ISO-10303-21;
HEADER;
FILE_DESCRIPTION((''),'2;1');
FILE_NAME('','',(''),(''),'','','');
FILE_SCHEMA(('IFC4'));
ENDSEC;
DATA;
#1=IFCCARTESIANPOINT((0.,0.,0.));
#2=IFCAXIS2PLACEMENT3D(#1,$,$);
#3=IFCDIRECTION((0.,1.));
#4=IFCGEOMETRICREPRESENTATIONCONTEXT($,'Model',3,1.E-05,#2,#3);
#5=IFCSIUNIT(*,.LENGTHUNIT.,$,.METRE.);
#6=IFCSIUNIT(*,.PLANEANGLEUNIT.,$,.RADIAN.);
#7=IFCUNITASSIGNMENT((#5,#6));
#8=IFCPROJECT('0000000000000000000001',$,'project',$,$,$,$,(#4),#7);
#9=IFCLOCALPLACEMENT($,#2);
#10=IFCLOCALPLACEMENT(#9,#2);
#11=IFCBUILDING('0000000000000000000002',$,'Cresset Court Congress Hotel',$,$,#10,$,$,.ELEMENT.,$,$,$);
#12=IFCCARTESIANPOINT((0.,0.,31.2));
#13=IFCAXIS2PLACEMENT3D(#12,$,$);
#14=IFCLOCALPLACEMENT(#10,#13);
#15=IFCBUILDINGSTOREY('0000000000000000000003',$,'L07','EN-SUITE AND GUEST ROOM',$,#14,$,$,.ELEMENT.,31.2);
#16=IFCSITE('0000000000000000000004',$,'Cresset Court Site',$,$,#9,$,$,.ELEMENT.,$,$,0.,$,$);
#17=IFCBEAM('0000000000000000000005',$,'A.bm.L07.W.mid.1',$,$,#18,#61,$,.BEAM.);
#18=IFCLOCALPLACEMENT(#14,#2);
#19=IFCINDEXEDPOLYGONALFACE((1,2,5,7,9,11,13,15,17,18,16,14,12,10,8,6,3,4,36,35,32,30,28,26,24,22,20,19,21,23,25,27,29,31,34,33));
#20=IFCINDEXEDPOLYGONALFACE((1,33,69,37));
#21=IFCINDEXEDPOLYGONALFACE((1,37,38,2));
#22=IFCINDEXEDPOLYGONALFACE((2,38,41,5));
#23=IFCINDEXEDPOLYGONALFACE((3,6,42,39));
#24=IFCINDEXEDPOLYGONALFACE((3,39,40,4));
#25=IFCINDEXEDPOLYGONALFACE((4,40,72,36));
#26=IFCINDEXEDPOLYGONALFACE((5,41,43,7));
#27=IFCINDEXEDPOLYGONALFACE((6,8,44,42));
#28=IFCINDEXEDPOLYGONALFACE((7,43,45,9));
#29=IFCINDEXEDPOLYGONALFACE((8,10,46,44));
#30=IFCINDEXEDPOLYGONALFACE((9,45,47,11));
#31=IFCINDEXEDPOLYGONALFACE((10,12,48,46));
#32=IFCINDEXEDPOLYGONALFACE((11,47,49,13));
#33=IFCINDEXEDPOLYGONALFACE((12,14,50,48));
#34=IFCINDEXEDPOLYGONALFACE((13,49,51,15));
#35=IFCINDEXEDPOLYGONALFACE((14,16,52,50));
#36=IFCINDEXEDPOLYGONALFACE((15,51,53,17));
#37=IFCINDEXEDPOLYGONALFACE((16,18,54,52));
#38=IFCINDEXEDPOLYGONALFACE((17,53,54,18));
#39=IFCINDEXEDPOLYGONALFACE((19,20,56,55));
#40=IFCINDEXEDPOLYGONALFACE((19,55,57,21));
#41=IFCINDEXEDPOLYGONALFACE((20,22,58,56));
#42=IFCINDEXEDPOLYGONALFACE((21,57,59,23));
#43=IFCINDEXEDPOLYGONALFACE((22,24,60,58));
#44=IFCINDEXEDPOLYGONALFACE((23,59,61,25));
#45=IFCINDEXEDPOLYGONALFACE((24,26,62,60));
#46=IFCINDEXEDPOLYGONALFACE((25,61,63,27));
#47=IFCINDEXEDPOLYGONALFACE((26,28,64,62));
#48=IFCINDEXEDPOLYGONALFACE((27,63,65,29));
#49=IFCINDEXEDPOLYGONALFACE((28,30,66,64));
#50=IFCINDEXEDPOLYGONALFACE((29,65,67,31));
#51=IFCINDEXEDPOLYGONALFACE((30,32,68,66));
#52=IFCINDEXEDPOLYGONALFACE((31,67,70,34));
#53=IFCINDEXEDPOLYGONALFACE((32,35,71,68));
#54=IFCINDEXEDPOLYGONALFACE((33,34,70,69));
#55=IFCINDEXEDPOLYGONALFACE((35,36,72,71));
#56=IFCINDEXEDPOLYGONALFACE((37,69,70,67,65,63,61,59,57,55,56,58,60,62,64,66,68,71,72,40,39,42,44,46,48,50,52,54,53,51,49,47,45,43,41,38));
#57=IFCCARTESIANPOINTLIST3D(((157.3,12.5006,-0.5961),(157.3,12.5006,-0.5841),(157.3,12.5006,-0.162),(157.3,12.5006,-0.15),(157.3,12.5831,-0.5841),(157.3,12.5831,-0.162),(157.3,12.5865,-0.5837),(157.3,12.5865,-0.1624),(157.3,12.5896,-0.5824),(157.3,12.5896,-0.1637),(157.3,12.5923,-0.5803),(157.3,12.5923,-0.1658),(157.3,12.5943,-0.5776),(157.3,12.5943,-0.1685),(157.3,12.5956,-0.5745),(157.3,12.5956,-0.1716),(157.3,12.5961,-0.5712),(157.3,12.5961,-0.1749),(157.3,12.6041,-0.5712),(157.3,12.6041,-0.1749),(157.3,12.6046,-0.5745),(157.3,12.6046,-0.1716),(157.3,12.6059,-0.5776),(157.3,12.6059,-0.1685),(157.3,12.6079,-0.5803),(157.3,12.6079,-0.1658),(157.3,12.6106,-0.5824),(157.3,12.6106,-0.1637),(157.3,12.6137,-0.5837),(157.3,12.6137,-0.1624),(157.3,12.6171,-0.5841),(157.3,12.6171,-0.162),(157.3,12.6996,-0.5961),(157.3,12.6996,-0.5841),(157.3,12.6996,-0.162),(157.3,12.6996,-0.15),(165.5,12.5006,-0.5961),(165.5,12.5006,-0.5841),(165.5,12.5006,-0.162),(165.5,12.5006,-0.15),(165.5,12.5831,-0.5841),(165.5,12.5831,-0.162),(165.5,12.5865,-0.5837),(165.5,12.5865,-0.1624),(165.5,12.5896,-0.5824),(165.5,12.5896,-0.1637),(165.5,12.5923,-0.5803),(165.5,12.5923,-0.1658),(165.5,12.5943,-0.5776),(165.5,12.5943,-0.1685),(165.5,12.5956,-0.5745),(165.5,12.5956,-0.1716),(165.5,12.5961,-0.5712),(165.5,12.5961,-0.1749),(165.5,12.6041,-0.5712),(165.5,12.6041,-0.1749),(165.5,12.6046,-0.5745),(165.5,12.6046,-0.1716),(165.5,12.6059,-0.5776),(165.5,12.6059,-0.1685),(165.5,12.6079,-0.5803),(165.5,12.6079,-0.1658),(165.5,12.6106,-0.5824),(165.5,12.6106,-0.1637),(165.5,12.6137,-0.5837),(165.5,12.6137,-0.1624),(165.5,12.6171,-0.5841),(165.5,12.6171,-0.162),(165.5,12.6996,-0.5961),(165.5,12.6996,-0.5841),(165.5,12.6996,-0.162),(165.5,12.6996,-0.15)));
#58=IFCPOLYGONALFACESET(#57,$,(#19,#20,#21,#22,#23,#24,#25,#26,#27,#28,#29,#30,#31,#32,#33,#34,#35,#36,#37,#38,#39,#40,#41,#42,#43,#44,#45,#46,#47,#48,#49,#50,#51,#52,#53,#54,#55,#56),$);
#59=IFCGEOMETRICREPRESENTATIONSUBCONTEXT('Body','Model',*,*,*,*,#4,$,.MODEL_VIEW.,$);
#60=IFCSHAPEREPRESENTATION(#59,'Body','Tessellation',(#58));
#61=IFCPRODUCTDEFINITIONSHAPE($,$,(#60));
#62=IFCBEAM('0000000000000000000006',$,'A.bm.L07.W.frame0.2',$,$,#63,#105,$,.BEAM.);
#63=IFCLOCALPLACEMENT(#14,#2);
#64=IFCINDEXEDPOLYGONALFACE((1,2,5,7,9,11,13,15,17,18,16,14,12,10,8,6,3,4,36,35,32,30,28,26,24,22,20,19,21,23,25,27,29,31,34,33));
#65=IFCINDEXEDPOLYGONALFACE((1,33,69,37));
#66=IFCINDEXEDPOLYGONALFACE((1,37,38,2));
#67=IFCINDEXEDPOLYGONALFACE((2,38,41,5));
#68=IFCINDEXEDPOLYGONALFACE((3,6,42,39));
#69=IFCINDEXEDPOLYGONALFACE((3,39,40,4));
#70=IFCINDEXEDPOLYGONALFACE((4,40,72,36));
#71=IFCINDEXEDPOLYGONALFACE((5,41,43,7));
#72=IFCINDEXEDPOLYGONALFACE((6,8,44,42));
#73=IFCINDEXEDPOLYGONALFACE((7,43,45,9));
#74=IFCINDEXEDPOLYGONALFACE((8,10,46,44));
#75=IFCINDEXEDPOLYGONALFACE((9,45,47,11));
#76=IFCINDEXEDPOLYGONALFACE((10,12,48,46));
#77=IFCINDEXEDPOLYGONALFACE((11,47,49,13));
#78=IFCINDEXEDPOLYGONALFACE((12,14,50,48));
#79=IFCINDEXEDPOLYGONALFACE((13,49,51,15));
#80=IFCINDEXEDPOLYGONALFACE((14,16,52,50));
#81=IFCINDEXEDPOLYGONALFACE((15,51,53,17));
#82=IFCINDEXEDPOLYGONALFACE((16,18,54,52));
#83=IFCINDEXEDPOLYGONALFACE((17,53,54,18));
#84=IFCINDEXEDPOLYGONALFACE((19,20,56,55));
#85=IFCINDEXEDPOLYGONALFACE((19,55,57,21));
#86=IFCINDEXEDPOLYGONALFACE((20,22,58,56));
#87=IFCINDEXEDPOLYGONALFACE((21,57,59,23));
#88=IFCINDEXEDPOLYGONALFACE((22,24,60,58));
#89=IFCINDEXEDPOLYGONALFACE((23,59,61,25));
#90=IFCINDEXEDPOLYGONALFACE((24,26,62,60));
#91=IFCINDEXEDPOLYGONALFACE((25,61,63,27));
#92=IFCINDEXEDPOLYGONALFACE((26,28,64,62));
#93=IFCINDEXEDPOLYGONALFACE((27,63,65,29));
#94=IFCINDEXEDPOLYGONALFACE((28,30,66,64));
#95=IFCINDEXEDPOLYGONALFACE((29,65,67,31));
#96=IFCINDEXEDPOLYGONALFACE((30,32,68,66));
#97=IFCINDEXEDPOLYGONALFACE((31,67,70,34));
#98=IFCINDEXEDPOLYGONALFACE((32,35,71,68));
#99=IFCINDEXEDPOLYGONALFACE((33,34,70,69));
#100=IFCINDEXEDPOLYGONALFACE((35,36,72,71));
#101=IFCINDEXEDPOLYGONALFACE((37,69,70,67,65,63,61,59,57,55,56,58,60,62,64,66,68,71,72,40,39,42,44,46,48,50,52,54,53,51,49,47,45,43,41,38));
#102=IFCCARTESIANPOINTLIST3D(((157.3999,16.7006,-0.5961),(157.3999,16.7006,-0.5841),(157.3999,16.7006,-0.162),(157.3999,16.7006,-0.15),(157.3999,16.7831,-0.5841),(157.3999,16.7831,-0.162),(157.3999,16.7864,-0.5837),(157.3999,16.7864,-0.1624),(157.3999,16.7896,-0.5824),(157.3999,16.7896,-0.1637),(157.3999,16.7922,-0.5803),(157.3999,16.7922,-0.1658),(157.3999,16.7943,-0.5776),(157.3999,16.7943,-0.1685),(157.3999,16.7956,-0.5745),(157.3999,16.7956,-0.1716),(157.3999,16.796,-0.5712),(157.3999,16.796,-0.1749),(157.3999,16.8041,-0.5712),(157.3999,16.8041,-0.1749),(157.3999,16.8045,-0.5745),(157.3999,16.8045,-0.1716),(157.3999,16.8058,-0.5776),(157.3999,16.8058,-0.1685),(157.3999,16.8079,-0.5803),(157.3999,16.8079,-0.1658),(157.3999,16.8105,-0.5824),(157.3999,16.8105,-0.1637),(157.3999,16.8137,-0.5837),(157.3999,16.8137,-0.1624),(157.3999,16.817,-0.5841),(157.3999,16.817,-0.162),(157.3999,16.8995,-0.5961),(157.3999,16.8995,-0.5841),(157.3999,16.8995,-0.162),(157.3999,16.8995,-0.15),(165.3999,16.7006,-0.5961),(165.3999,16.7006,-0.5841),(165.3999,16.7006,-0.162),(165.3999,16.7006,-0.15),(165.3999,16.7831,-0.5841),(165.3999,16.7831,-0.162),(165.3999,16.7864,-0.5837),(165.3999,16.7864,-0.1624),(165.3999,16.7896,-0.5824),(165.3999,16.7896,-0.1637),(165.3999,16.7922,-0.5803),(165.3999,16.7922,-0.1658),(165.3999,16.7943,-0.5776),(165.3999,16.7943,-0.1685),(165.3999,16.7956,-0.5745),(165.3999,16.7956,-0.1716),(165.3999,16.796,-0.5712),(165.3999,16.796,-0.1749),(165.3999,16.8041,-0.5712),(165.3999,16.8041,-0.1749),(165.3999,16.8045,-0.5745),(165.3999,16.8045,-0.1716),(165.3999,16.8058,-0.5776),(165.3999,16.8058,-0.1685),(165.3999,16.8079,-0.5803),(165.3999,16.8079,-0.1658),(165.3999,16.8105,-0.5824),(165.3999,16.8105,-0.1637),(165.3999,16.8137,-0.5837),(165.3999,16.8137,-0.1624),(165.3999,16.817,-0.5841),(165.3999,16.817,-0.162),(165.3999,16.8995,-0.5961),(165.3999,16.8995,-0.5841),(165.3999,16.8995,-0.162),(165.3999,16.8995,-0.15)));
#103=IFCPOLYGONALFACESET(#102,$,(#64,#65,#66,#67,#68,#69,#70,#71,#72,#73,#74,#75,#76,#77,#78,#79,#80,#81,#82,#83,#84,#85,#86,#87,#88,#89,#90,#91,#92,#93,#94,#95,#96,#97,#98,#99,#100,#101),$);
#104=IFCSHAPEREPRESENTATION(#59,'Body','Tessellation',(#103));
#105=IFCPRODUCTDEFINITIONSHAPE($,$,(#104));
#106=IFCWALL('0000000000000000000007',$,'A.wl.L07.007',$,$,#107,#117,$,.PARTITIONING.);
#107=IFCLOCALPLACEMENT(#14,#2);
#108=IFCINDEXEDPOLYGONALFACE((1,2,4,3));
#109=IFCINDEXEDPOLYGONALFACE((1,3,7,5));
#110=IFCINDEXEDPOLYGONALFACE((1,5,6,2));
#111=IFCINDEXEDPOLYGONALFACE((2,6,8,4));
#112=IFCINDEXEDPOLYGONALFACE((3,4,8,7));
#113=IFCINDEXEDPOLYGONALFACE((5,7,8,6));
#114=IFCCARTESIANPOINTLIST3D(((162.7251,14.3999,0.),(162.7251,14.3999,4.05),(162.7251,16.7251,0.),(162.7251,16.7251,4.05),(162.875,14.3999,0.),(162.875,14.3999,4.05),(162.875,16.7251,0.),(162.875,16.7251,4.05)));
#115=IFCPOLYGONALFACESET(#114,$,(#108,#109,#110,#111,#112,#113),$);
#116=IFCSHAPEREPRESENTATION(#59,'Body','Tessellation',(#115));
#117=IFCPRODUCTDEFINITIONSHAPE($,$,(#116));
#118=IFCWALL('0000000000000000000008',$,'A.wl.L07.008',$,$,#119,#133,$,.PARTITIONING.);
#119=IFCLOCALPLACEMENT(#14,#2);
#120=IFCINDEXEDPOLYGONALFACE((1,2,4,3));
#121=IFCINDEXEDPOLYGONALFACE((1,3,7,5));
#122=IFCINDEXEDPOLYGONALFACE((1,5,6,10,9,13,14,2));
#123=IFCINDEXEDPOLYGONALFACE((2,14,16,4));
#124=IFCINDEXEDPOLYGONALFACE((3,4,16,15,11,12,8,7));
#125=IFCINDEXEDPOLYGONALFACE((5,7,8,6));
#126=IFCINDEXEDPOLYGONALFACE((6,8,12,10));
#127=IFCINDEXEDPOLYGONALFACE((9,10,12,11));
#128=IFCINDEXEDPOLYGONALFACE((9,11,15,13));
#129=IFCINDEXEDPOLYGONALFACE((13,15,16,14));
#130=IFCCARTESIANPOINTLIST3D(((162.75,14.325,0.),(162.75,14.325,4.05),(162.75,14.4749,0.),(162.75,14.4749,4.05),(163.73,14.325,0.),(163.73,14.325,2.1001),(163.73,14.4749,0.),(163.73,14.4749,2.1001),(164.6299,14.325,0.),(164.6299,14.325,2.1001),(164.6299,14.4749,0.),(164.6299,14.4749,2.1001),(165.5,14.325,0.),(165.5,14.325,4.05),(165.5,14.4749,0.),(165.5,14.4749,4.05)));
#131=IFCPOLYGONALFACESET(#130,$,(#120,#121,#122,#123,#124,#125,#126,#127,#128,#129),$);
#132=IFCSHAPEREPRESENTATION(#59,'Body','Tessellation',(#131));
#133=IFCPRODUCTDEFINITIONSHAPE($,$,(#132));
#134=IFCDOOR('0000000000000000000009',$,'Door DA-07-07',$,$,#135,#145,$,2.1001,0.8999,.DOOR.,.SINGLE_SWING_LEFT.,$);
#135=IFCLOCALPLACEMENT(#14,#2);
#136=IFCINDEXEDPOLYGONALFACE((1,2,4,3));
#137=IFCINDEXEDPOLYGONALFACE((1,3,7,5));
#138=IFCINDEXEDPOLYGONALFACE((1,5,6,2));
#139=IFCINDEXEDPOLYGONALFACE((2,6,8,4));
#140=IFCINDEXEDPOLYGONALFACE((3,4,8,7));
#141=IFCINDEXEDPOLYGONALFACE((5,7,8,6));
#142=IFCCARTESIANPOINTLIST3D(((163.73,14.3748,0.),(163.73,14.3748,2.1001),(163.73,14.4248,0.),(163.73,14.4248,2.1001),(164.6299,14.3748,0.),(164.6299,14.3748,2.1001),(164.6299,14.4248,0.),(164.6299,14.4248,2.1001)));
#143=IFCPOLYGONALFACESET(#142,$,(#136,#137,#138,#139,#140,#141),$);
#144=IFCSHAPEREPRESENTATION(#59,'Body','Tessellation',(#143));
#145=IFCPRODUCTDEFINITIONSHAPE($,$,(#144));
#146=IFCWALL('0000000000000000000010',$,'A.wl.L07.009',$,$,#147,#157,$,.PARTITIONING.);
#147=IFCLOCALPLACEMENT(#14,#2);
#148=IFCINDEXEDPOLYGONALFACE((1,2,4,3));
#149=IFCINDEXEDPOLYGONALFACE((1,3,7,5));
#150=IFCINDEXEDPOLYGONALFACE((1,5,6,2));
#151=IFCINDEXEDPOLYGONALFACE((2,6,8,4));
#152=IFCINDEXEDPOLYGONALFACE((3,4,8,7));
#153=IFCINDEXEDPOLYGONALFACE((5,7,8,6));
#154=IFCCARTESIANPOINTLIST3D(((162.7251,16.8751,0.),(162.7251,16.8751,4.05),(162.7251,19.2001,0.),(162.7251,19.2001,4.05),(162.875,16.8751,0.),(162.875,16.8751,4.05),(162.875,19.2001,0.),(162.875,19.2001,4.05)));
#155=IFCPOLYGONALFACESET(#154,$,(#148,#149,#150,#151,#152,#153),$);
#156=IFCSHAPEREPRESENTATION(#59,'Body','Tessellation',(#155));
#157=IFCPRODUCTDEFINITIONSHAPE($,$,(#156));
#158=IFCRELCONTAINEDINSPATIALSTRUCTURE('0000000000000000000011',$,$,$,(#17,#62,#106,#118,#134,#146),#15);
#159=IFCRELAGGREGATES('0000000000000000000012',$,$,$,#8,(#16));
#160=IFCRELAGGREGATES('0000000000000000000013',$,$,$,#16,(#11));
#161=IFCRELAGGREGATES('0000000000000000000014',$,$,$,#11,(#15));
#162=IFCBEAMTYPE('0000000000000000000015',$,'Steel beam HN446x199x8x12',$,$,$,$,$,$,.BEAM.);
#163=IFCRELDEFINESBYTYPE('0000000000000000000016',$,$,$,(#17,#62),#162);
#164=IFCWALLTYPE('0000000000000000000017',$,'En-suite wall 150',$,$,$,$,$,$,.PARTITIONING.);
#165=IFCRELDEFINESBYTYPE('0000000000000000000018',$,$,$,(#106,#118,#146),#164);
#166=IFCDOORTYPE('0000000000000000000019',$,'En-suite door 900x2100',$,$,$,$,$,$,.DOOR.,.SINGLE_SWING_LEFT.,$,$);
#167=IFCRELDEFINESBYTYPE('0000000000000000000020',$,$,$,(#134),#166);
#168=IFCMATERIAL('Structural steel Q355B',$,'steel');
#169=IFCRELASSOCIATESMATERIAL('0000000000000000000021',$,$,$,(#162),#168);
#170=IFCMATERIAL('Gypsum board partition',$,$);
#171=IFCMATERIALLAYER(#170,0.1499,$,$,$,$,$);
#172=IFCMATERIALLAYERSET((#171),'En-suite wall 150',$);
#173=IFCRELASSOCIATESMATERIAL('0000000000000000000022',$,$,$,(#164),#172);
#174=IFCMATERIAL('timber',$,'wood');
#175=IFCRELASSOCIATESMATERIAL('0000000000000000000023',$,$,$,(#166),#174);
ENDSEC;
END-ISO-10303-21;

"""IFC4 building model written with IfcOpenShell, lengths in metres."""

from ifc_helpers import new_model, si_unit, direction, frame, frame_2d, origin, origin_2d, place, context, subcontext, project, spatial, rectangle, i_section, extrude, material, layer, layer_set, material_profile, profile_set, type_object, element, fill, save


model = new_model("IFC4")

# Units and contexts
model_context = context("Model", 3, precision=1e-05, world=origin(), true_north=direction((0.0, 1.0)))
body_context = subcontext(model_context, "Body", "Model", "MODEL_VIEW")
ifc_project = project(units=[si_unit("LENGTHUNIT", "METRE"), si_unit("PLANEANGLEUNIT", "RADIAN")], contexts=[model_context])

# Site, building, storey
site_placement = place(None, origin())
site = spatial("IfcSite", under=ifc_project, at=site_placement, Name="Cresset Court Site", CompositionType="ELEMENT", RefElevation=0.0)
building_placement = place(site_placement, origin())
building = spatial("IfcBuilding", under=site, at=building_placement, Name="Cresset Court Congress Hotel", CompositionType="ELEMENT")
storey_placement = place(building_placement, frame((0.0, 0.0, 31.2)))
storey = spatial("IfcBuildingStorey", under=building, at=storey_placement, Name="L07", Description="EN-SUITE AND GUEST ROOM", CompositionType="ELEMENT", Elevation=31.2)

# Beams
ifc_material_1 = material(Name="Structural steel Q355B", Category="steel")
ifc_material_profile = material_profile(ifc_material_1, i_section(OverallWidth=0.199, OverallDepth=0.446, WebThickness=0.0081, FlangeThickness=0.012, FilletRadius=0.0129, at=origin_2d()), Name="HN446x199x8x12")
ifc_profile_set = profile_set([ifc_material_profile], Name="Structural steel Q355B")
beam_type = type_object("IfcBeamType", Name="Steel beam HN446x199x8x12", PredefinedType="BEAM", material=ifc_profile_set)
beam_1_placement = place(storey_placement, frame((157.3, 12.6001, -0.373), z_axis=(1.0, 0.0, 0.0), x_axis=(0.0, 1.0, 0.0)))
element("IfcBeam", 1, at=beam_1_placement, inside=storey, type_object=beam_type, Name="A.bm.L07.W.mid.1", PredefinedType="BEAM", context=body_context, shape_type="SweptSolid", body=[
    extrude(i_section(OverallWidth=0.199, OverallDepth=0.446, WebThickness=0.0081, FlangeThickness=0.012, FilletRadius=0.0129, at=origin_2d()), origin(), (0.0, 0.0, 1.0), 8.2),
])
beam_2_placement = place(storey_placement, frame((157.3999, 16.8, -0.373), z_axis=(1.0, 0.0, 0.0), x_axis=(0.0, 1.0, 0.0)))
element("IfcBeam", 2, at=beam_2_placement, inside=storey, type_object=beam_type, Name="A.bm.L07.W.frame0.2", PredefinedType="BEAM", context=body_context, shape_type="SweptSolid", body=[
    extrude(i_section(OverallWidth=0.199, OverallDepth=0.446, WebThickness=0.0081, FlangeThickness=0.012, FilletRadius=0.0129, at=origin_2d()), origin(), (0.0, 0.0, 1.0), 8.0),
])

# Wall
ifc_material_2 = material(Name="Gypsum board partition")
ifc_layer_1 = layer(ifc_material_2, 0.1499)
ifc_layer_set_1 = layer_set([ifc_layer_1], Name="En-suite wall 150")
wall_type_1 = type_object("IfcWallType", Name="En-suite wall 150", PredefinedType="PARTITIONING", material=ifc_layer_set_1)
wall_1_placement = place(storey_placement, frame((162.8, 14.3999, 0.0), z_axis=(0.0, 0.0, 1.0), x_axis=(0.0, 1.0, 0.0)))
element("IfcWall", 3, at=wall_1_placement, inside=storey, type_object=wall_type_1, Name="A.wl.L07.007", PredefinedType="PARTITIONING", context=body_context, shape_type="SweptSolid", body=[
    extrude(rectangle(XDim=2.3252, YDim=0.1499, at=frame_2d((1.1626, 0.0))), origin(), (0.0, 0.0, 1.0), 4.05),
])

# Wall, opening, door
wall_2_placement = place(storey_placement, frame((162.75, 14.3999, 0.0), z_axis=(0.0, 0.0, 1.0), x_axis=(1.0, 0.0, 0.0)))
wall_2 = element("IfcWall", 4, at=wall_2_placement, inside=storey, type_object=wall_type_1, Name="A.wl.L07.008", PredefinedType="PARTITIONING", context=body_context, shape_type="SweptSolid", body=[
    extrude(rectangle(XDim=2.75, YDim=0.1499, at=frame_2d((1.375, 0.0))), origin(), (0.0, 0.0, 1.0), 4.05),
])
opening_1_placement = place(wall_2_placement, frame((0.98, 0.0, 0.0)))
opening_1 = element("IfcOpeningElement", 5, at=opening_1_placement, cuts=wall_2, PredefinedType="OPENING", context=body_context, shape_type="SweptSolid", body=[
    extrude(rectangle(XDim=0.8999, YDim=2.1001, at=frame_2d((0.45, 1.05))), frame((0.0, 0.085, 0.0), z_axis=(0.0, -1.0, 0.0), x_axis=(1.0, 0.0, 0.0)), (0.0, 0.0, 1.0), 0.1699),
])
ifc_material_3 = material(Name="timber", Category="wood")
door_type = type_object("IfcDoorType", Name="En-suite door 900x2100", OperationType="SINGLE_SWING_LEFT", PredefinedType="DOOR", material=ifc_material_3)
door_placement = place(opening_1_placement, origin())
door = element("IfcDoor", 6, at=door_placement, inside=storey, type_object=door_type, Name="Door DA-07-07", OperationType="SINGLE_SWING_LEFT", OverallHeight=2.1001, OverallWidth=0.8999, PredefinedType="DOOR", context=body_context, shape_type="SweptSolid", body=[
    extrude(rectangle(XDim=0.8999, YDim=2.1001, at=frame_2d((0.45, 1.05))), frame((0.0, 0.0249, 0.0), z_axis=(0.0, -1.0, 0.0), x_axis=(1.0, 0.0, 0.0)), (0.0, 0.0, 1.0), 0.05),
])
fill(opening_1, door)

# Wall
wall_3_placement = place(storey_placement, frame((162.8, 16.875, 0.0), z_axis=(0.0, 0.0, 1.0), x_axis=(0.0, 1.0, 0.0)))
element("IfcWall", 7, at=wall_3_placement, inside=storey, type_object=wall_type_1, Name="A.wl.L07.009", PredefinedType="PARTITIONING", context=body_context, shape_type="SweptSolid", body=[
    extrude(rectangle(XDim=2.325, YDim=0.1499, at=frame_2d((1.1626, 0.0))), origin(), (0.0, 0.0, 1.0), 4.05),
])

save(model, "model.ifc")
